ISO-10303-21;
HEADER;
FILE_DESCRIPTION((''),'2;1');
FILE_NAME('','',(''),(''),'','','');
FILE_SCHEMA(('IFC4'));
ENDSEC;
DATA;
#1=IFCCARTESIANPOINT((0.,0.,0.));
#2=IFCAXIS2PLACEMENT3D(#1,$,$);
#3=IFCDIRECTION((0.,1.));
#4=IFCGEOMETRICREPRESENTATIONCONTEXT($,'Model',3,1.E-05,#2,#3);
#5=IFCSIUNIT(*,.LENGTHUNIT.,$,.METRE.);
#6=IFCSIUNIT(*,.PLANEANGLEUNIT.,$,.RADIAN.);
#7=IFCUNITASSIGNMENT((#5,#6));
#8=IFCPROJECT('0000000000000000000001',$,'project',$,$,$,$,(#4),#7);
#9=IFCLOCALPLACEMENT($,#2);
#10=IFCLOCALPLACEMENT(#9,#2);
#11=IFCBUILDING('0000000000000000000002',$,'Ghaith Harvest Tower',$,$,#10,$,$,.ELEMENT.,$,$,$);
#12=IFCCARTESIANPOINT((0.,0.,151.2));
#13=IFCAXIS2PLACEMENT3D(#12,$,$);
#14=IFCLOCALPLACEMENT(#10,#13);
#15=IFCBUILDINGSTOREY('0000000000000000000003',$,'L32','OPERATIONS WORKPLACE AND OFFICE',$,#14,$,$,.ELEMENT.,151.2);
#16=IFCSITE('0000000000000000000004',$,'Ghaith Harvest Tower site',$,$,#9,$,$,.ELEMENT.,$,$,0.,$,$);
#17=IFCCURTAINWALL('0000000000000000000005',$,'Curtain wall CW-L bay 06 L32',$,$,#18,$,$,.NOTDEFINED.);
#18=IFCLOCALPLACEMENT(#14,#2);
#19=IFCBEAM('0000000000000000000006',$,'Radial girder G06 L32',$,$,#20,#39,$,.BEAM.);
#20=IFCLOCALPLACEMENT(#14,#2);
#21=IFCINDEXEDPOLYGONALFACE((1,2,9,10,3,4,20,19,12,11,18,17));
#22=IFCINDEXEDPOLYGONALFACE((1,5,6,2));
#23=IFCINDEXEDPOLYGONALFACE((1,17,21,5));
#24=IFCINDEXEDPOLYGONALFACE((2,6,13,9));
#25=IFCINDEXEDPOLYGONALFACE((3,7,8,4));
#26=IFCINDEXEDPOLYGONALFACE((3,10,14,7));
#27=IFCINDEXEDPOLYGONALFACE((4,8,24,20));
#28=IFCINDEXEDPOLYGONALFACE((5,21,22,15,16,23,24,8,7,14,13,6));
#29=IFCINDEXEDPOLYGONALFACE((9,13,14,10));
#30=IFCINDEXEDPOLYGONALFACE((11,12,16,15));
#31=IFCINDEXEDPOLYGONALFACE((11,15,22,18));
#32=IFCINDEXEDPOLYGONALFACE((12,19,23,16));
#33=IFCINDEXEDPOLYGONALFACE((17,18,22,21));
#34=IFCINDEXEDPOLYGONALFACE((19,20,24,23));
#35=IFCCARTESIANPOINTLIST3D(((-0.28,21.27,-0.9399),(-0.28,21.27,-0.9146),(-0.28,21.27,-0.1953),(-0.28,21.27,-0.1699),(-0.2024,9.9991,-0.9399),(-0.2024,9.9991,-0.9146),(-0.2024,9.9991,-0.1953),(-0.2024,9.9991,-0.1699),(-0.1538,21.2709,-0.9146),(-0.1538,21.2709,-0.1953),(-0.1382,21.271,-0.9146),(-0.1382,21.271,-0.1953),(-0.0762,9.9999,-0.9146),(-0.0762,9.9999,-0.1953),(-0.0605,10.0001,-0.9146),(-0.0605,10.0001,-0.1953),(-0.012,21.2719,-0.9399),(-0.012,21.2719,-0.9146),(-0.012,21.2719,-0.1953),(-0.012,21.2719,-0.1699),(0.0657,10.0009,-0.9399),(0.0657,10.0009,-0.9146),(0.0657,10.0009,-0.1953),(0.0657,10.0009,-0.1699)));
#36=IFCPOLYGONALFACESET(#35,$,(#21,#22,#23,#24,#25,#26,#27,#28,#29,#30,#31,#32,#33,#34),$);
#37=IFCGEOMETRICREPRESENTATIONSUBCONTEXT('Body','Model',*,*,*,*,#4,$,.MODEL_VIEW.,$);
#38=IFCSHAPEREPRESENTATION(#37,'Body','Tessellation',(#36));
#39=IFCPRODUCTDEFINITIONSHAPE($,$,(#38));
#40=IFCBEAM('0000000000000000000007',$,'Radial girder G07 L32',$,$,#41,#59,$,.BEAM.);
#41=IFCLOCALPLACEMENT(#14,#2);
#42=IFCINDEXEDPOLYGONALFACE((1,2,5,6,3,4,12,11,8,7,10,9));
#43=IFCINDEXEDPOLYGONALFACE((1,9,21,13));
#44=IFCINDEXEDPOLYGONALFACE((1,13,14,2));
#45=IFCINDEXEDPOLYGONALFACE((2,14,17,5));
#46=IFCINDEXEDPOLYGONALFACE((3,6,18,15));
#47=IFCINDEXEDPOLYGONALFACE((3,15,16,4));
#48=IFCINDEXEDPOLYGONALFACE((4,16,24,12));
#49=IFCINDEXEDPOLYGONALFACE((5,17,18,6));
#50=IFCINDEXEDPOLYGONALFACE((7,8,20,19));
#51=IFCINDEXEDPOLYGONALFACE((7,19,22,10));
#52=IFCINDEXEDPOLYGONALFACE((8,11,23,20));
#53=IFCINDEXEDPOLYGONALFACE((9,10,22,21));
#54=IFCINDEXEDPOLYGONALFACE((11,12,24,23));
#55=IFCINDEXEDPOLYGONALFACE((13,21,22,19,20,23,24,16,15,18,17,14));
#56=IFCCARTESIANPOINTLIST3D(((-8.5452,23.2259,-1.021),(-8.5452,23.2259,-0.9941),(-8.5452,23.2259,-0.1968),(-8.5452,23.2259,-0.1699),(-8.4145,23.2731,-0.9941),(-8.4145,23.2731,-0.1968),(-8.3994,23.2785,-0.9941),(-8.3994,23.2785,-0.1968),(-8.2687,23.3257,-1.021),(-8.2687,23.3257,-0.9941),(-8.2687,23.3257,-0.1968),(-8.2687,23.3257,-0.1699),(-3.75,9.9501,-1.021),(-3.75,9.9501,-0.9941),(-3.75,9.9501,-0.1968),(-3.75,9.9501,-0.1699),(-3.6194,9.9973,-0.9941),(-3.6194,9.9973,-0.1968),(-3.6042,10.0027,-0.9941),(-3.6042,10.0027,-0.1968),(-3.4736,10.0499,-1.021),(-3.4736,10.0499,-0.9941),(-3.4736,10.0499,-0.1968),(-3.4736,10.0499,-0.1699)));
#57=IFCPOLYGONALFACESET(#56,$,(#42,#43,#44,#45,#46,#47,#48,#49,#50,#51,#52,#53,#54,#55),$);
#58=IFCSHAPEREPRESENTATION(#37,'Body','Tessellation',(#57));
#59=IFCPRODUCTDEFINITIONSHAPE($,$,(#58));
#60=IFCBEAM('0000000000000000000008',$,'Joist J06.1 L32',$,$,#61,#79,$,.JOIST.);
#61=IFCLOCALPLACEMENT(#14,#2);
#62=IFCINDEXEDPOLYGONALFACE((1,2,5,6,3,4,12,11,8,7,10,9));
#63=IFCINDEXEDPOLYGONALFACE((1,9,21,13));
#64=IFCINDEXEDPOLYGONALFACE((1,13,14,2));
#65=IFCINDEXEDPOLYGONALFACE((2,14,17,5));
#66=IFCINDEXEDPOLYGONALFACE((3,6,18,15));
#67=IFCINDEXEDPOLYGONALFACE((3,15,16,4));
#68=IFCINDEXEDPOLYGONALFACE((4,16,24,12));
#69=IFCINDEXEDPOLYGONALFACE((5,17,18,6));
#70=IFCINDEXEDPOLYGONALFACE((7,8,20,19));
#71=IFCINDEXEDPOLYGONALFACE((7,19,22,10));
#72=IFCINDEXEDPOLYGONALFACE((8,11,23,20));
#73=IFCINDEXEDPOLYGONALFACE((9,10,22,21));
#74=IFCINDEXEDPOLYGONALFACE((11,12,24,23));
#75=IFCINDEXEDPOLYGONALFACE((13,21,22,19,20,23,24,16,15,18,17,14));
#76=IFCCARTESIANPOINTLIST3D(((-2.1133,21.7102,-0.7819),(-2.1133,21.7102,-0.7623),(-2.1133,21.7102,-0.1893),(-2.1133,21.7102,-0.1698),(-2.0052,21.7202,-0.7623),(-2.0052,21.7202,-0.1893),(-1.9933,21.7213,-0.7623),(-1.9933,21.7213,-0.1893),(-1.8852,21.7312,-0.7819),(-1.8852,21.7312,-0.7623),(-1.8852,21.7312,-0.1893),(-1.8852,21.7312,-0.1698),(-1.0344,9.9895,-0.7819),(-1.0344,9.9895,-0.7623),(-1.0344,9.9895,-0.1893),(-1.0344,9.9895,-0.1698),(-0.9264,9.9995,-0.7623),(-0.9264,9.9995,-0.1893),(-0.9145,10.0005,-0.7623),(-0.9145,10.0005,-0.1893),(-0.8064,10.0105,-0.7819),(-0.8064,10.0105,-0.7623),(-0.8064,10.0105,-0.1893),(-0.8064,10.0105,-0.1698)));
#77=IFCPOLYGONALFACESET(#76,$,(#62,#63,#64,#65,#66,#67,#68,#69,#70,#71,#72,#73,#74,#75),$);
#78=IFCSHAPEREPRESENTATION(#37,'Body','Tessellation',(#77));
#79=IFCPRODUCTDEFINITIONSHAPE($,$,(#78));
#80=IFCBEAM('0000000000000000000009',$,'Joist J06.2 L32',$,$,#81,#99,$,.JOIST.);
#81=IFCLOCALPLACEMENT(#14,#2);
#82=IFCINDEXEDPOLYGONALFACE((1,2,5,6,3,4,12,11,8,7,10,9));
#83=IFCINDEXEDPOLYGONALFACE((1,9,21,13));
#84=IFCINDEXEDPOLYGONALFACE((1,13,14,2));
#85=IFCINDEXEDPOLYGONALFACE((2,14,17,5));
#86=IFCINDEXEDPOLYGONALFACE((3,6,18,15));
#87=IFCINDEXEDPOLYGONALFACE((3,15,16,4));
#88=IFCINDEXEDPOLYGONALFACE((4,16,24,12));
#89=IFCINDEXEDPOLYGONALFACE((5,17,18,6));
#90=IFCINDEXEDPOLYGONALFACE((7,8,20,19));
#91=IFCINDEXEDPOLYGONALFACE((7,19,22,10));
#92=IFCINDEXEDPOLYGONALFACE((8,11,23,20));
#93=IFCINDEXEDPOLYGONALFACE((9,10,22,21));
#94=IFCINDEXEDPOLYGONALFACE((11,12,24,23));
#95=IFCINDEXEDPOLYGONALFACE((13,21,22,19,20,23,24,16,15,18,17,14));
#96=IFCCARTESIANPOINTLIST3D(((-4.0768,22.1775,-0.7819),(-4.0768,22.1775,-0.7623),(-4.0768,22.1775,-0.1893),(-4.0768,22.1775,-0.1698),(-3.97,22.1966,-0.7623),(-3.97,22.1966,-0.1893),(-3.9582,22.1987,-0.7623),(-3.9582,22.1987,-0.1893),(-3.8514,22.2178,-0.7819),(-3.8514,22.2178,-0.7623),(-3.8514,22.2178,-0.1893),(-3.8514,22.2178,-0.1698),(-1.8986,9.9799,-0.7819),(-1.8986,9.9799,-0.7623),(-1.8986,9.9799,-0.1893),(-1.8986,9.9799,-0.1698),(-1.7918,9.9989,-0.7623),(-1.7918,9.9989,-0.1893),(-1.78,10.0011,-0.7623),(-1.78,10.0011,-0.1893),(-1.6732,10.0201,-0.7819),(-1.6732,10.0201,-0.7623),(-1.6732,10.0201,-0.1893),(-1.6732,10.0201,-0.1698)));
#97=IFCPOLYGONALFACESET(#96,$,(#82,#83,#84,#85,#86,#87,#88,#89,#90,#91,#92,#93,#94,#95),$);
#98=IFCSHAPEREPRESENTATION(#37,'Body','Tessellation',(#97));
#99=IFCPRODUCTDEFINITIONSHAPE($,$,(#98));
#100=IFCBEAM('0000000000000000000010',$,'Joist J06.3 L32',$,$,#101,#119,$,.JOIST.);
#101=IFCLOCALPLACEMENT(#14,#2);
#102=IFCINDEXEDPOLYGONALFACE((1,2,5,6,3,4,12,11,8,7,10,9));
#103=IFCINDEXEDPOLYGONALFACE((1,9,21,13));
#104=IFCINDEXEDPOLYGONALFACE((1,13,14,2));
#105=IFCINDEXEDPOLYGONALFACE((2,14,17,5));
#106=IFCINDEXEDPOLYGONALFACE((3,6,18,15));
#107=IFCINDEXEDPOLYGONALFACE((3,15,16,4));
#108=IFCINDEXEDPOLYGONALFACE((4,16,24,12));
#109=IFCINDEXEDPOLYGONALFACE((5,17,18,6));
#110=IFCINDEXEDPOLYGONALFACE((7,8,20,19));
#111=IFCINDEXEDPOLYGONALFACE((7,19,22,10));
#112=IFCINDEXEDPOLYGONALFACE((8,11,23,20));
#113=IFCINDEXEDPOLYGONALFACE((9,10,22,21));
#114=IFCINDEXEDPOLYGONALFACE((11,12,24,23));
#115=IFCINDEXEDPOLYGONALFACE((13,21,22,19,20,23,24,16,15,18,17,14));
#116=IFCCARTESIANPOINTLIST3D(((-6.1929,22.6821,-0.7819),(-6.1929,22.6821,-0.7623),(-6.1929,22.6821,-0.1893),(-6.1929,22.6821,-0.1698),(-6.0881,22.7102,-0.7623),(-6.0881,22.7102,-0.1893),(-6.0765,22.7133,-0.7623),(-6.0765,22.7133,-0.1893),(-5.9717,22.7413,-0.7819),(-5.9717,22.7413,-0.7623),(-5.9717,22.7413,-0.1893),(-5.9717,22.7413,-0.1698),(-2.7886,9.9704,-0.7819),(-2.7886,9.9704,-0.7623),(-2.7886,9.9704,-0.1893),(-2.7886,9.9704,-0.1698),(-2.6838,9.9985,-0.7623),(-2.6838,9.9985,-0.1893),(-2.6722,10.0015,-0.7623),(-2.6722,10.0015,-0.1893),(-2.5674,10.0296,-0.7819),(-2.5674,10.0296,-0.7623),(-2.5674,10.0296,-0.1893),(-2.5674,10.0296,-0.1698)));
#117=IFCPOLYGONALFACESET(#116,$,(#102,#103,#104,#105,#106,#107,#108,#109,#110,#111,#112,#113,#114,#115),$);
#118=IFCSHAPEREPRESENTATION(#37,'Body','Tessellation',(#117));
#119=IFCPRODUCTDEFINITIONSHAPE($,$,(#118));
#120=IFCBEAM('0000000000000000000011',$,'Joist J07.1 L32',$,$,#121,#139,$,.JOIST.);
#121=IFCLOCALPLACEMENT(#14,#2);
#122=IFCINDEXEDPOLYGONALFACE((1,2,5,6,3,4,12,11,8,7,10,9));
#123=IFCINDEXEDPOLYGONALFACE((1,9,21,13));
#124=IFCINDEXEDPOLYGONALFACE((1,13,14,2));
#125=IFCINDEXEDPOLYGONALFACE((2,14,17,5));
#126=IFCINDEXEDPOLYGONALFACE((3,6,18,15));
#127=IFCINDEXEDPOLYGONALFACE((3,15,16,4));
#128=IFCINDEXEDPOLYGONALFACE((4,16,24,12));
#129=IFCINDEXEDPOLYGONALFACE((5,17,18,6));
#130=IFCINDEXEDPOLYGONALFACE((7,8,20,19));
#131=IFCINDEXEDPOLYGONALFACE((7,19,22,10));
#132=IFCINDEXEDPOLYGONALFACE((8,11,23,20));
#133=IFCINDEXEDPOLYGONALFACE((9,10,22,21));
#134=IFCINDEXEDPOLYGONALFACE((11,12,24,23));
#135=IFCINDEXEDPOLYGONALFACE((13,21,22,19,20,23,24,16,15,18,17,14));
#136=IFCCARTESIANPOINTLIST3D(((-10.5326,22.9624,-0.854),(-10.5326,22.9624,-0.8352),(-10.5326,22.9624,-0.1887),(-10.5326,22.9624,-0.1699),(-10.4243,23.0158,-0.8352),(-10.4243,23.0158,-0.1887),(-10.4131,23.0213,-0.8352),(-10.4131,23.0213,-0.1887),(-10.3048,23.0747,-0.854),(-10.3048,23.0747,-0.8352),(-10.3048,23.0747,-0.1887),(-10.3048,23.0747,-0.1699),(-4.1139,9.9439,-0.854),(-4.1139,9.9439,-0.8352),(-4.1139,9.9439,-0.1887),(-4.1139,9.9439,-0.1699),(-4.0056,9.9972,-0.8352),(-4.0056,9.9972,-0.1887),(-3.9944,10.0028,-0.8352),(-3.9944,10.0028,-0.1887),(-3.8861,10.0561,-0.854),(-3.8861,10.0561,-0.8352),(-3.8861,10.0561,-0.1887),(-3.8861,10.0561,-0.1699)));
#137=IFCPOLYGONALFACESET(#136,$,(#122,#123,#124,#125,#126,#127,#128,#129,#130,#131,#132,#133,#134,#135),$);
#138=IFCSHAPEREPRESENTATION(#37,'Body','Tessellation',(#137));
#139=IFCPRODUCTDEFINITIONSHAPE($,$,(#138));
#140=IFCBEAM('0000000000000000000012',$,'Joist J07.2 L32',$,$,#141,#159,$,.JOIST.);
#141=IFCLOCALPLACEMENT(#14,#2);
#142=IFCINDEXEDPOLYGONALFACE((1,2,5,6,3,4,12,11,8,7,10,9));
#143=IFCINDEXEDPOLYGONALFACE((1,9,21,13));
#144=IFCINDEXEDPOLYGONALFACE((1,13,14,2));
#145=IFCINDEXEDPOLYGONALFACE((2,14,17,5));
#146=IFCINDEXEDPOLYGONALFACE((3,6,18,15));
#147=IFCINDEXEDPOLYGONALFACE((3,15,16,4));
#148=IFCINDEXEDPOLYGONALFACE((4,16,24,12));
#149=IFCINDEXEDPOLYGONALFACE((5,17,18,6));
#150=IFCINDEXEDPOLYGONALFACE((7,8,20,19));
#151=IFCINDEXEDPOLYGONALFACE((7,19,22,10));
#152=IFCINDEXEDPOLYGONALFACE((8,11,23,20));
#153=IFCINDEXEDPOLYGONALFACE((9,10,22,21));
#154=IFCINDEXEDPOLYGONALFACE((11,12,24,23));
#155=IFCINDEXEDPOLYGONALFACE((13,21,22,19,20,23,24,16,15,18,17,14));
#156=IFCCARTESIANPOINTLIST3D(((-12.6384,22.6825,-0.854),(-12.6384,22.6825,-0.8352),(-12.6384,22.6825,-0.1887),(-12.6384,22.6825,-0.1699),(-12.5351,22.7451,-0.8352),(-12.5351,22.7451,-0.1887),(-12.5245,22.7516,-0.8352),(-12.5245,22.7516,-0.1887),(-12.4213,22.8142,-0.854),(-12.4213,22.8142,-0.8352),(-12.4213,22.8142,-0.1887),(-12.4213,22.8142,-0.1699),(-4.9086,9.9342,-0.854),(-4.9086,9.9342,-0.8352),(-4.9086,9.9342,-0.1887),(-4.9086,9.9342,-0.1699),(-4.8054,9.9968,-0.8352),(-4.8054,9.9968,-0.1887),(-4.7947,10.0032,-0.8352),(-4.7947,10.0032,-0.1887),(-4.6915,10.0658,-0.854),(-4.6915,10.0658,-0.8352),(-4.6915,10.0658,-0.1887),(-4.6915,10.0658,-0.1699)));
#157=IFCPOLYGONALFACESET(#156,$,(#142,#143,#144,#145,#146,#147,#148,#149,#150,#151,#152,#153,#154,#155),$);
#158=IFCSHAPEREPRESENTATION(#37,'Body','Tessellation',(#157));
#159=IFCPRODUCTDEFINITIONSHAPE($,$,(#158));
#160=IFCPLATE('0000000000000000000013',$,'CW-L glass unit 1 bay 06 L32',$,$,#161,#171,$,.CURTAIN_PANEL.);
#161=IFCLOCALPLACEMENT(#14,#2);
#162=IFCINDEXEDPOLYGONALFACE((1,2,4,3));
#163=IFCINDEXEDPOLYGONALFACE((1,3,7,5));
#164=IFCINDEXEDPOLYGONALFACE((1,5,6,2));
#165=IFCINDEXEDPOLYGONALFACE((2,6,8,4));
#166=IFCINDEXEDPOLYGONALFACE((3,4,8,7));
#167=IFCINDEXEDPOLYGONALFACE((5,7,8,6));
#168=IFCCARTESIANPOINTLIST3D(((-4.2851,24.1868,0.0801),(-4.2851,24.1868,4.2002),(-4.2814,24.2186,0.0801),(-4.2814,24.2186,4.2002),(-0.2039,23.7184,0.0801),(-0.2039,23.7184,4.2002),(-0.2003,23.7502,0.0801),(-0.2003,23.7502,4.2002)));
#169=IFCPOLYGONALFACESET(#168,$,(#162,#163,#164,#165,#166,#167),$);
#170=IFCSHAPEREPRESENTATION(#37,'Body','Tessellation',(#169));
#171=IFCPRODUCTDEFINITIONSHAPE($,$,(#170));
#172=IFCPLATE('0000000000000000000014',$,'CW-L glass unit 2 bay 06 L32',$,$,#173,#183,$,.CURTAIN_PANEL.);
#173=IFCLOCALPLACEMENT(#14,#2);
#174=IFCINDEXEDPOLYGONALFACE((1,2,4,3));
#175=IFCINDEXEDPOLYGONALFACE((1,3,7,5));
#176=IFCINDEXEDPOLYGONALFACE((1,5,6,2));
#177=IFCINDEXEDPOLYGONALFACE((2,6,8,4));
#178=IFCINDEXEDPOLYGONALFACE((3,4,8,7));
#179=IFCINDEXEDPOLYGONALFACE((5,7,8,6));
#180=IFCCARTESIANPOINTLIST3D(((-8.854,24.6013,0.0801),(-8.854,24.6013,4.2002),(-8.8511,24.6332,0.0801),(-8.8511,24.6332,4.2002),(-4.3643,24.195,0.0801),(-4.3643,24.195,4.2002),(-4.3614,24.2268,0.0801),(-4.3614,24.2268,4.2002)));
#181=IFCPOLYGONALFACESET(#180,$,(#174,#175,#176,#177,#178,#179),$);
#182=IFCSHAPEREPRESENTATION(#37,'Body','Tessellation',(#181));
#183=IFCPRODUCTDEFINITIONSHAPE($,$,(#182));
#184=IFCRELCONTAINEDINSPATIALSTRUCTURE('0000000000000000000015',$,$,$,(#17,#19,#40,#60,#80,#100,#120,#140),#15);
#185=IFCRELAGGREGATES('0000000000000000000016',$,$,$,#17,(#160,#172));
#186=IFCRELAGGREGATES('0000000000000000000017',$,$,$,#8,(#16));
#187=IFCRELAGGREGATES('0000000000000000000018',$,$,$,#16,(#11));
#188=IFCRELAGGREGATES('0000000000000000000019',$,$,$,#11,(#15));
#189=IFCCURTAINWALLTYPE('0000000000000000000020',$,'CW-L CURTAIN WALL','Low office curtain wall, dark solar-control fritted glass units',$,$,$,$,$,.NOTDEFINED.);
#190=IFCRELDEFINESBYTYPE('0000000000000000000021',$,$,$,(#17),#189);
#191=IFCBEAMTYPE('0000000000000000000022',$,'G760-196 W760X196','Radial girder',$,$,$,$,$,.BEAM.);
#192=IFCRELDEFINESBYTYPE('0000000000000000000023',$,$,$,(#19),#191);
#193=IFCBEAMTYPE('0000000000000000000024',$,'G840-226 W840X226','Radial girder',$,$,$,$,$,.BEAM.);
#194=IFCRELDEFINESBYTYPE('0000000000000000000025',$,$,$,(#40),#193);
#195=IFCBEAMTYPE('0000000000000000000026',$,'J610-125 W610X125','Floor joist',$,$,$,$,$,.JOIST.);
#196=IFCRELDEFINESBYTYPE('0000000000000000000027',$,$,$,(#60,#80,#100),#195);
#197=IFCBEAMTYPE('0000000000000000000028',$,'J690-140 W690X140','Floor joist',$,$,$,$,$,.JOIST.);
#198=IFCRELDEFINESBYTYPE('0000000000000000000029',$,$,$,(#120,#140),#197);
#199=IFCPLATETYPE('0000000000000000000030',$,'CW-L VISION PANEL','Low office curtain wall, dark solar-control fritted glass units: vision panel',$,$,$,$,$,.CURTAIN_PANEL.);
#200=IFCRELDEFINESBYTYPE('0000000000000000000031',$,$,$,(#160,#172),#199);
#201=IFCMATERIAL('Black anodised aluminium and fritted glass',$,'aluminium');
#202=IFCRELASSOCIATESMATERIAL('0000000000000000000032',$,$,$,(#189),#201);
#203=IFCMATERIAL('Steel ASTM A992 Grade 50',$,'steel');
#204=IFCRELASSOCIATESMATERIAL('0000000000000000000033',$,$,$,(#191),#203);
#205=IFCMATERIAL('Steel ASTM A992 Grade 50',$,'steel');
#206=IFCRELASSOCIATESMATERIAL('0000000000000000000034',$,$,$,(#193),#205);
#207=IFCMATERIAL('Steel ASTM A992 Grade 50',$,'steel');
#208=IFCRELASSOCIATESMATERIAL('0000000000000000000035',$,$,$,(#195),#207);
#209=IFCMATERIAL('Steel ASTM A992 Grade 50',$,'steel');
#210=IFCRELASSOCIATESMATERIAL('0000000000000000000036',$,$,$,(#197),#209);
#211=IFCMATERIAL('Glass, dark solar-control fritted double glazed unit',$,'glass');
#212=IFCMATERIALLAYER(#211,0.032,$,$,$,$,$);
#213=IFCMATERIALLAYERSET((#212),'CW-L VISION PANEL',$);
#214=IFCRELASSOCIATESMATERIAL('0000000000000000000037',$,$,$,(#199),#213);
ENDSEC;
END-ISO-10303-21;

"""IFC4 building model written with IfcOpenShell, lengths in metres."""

from ifc_helpers import new_model, si_unit, direction, frame, origin, origin_2d, place, context, subcontext, project, spatial, rectangle, i_section, extrude, material, layer, layer_set, material_profile, profile_set, type_object, element, aggregate, save


model = new_model("IFC4")

# Units and contexts
model_context = context("Model", 3, precision=1e-05, world=origin(), true_north=direction((0.0, 1.0)))
body_context = subcontext(model_context, "Body", "Model", "MODEL_VIEW")
ifc_project = project(units=[si_unit("LENGTHUNIT", "METRE"), si_unit("PLANEANGLEUNIT", "RADIAN")], contexts=[model_context])

# Site, building, storey
site_placement = place(None, origin())
site = spatial("IfcSite", under=ifc_project, at=site_placement, Name="Ghaith Harvest Tower site", CompositionType="ELEMENT", RefElevation=0.0)
building_placement = place(site_placement, origin())
building = spatial("IfcBuilding", under=site, at=building_placement, Name="Ghaith Harvest Tower", CompositionType="ELEMENT")
storey_placement = place(building_placement, frame((0.0, 0.0, 151.2)))
storey = spatial("IfcBuildingStorey", under=building, at=storey_placement, Name="L32", Description="OPERATIONS WORKPLACE AND OFFICE", CompositionType="ELEMENT", Elevation=151.2)

# Curtain wall
ifc_material_1 = material(Name="Black anodised aluminium and fritted glass", Category="aluminium")
curtain_wall_type = type_object("IfcCurtainWallType", Name="CW-L CURTAIN WALL", Description="Low office curtain wall, dark solar-control fritted glass units", PredefinedType="NOTDEFINED", material=ifc_material_1)
curtain_wall_1_placement = place(storey_placement, origin())
curtain_wall_1 = element("IfcCurtainWall", 1, at=curtain_wall_1_placement, inside=storey, type_object=curtain_wall_type, Name="Curtain wall CW-L bay 06 L32", PredefinedType="NOTDEFINED")

# Beams
ifc_material_2 = material(Name="Steel ASTM A992 Grade 50", Category="steel")
ifc_material_profile_1 = material_profile(ifc_material_2, i_section(OverallWidth=0.2681, OverallDepth=0.77, WebThickness=0.0156, FlangeThickness=0.0254, at=origin_2d()), Name="W760X196")
ifc_profile_set_1 = profile_set([ifc_material_profile_1], Name="Steel ASTM A992 Grade 50")
beam_type_1 = type_object("IfcBeamType", Name="G760-196 W760X196", Description="Radial girder", PredefinedType="BEAM", material=ifc_profile_set_1)
beam_1_placement = place(storey_placement, frame((-0.0684, 10.0, -0.5549), z_axis=(-0.006888, 0.999976, 0.0), x_axis=(-0.999976, -0.006888, 0.0)))
element("IfcBeam", 2, at=beam_1_placement, inside=storey, type_object=beam_type_1, Name="Radial girder G06 L32", PredefinedType="BEAM", context=body_context, shape_type="SweptSolid", body=[
    extrude(i_section(OverallWidth=0.2681, OverallDepth=0.77, WebThickness=0.0156, FlangeThickness=0.0254, at=origin_2d()), origin(), (0.0, 0.0, 1.0), 11.2712),
])
ifc_material_3 = material(Name="Steel ASTM A992 Grade 50", Category="steel")
ifc_material_profile_2 = material_profile(ifc_material_3, i_section(OverallWidth=0.2939, OverallDepth=0.8511, WebThickness=0.0161, FlangeThickness=0.0269, at=origin_2d()), Name="W840X226")
ifc_profile_set_2 = profile_set([ifc_material_profile_2], Name="Steel ASTM A992 Grade 50")
beam_type_2 = type_object("IfcBeamType", Name="G840-226 W840X226", Description="Radial girder", PredefinedType="BEAM", material=ifc_profile_set_2)
beam_2_placement = place(storey_placement, frame((-3.6118, 10.0, -0.5955), z_axis=(-0.339713, 0.940529, 0.0), x_axis=(-0.940529, -0.339713, 0.0)))
element("IfcBeam", 3, at=beam_2_placement, inside=storey, type_object=beam_type_2, Name="Radial girder G07 L32", PredefinedType="BEAM", context=body_context, shape_type="SweptSolid", body=[
    extrude(i_section(OverallWidth=0.2939, OverallDepth=0.8511, WebThickness=0.0161, FlangeThickness=0.0269, at=origin_2d()), origin(), (0.0, 0.0, 1.0), 14.1152),
])
ifc_material_4 = material(Name="Steel ASTM A992 Grade 50", Category="steel")
ifc_material_profile_3 = material_profile(ifc_material_4, i_section(OverallWidth=0.229, OverallDepth=0.6121, WebThickness=0.012, FlangeThickness=0.0195, at=origin_2d()), Name="W610X125")
ifc_profile_set_3 = profile_set([ifc_material_profile_3], Name="Steel ASTM A992 Grade 50")
beam_type_3 = type_object("IfcBeamType", Name="J610-125 W610X125", Description="Floor joist", PredefinedType="JOIST", material=ifc_profile_set_3)
beam_3_placement = place(storey_placement, frame((-0.9204, 10.0, -0.4758), z_axis=(-0.09166, 0.99579, 0.0), x_axis=(-0.99579, -0.09166, 0.0)))
element("IfcBeam", 4, at=beam_3_placement, inside=storey, type_object=beam_type_3, Name="Joist J06.1 L32", PredefinedType="JOIST", context=body_context, shape_type="SweptSolid", body=[
    extrude(i_section(OverallWidth=0.229, OverallDepth=0.6121, WebThickness=0.012, FlangeThickness=0.0195, at=origin_2d()), origin(), (0.0, 0.0, 1.0), 11.7703),
])
beam_4_placement = place(storey_placement, frame((-1.7859, 10.0, -0.4758), z_axis=(-0.175795, 0.984427, 0.0), x_axis=(-0.984427, -0.175795, 0.0)))
element("IfcBeam", 5, at=beam_4_placement, inside=storey, type_object=beam_type_3, Name="Joist J06.2 L32", PredefinedType="JOIST", context=body_context, shape_type="SweptSolid", body=[
    extrude(i_section(OverallWidth=0.229, OverallDepth=0.6121, WebThickness=0.012, FlangeThickness=0.0195, at=origin_2d()), origin(), (0.0, 0.0, 1.0), 12.3906),
])
beam_5_placement = place(storey_placement, frame((-2.678, 10.0, -0.4758), z_axis=(-0.258693, 0.96596, 0.0), x_axis=(-0.96596, -0.258693, 0.0)))
element("IfcBeam", 6, at=beam_5_placement, inside=storey, type_object=beam_type_3, Name="Joist J06.3 L32", PredefinedType="JOIST", context=body_context, shape_type="SweptSolid", body=[
    extrude(i_section(OverallWidth=0.229, OverallDepth=0.6121, WebThickness=0.012, FlangeThickness=0.0195, at=origin_2d()), origin(), (0.0, 0.0, 1.0), 13.1597),
])
ifc_material_5 = material(Name="Steel ASTM A992 Grade 50", Category="steel")
ifc_material_profile_4 = material_profile(ifc_material_5, i_section(OverallWidth=0.2539, OverallDepth=0.6841, WebThickness=0.0125, FlangeThickness=0.0188, at=origin_2d()), Name="W690X140")
ifc_profile_set_4 = profile_set([ifc_material_profile_4], Name="Steel ASTM A992 Grade 50")
beam_type_4 = type_object("IfcBeamType", Name="J690-140 W690X140", Description="Floor joist", PredefinedType="JOIST", material=ifc_profile_set_4)
beam_6_placement = place(storey_placement, frame((-4.0, 10.0, -0.512), z_axis=(-0.442214, 0.896909, 0.0), x_axis=(-0.896909, -0.442214, 0.0)))
element("IfcBeam", 7, at=beam_6_placement, inside=storey, type_object=beam_type_4, Name="Joist J07.1 L32", PredefinedType="JOIST", context=body_context, shape_type="SweptSolid", body=[
    extrude(i_section(OverallWidth=0.2539, OverallDepth=0.6841, WebThickness=0.0125, FlangeThickness=0.0188, at=origin_2d()), origin(), (0.0, 0.0, 1.0), 14.5149),
])
beam_7_placement = place(storey_placement, frame((-4.8, 10.0, -0.512), z_axis=(-0.518473, 0.855094, 0.0), x_axis=(-0.855094, -0.518473, 0.0)))
element("IfcBeam", 8, at=beam_7_placement, inside=storey, type_object=beam_type_4, Name="Joist J07.2 L32", PredefinedType="JOIST", context=body_context, shape_type="SweptSolid", body=[
    extrude(i_section(OverallWidth=0.2539, OverallDepth=0.6841, WebThickness=0.0125, FlangeThickness=0.0188, at=origin_2d()), origin(), (0.0, 0.0, 1.0), 14.9087),
])

# Plates
ifc_material_6 = material(Name="Glass, dark solar-control fritted double glazed unit", Category="glass")
ifc_layer_1 = layer(ifc_material_6, 0.032)
ifc_layer_set_1 = layer_set([ifc_layer_1], Name="CW-L VISION PANEL")
plate_type = type_object("IfcPlateType", Name="CW-L VISION PANEL", Description="Low office curtain wall, dark solar-control fritted glass units: vision panel", PredefinedType="CURTAIN_PANEL", material=ifc_layer_set_1)
plate_1_placement = place(storey_placement, frame((-2.2427, 23.9685, 0.0801), z_axis=(0.0, 0.0, 1.0), x_axis=(-0.993477, 0.114032, 0.0)))
plate_1 = element("IfcPlate", 9, at=plate_1_placement, type_object=plate_type, Name="CW-L glass unit 1 bay 06 L32", PredefinedType="CURTAIN_PANEL", context=body_context, shape_type="SweptSolid", body=[
    extrude(rectangle(XDim=4.1079, YDim=0.032, at=origin_2d()), origin(), (0.0, 0.0, 1.0), 4.1201),
])
plate_2_placement = place(storey_placement, frame((-6.6077, 24.4141, 0.0801), z_axis=(0.0, 0.0, 1.0), x_axis=(-0.995929, 0.090144, 0.0)))
plate_2 = element("IfcPlate", 10, at=plate_2_placement, type_object=plate_type, Name="CW-L glass unit 2 bay 06 L32", PredefinedType="CURTAIN_PANEL", context=body_context, shape_type="SweptSolid", body=[
    extrude(rectangle(XDim=4.5081, YDim=0.032, at=origin_2d()), origin(), (0.0, 0.0, 1.0), 4.1201),
])
aggregate(curtain_wall_1, [plate_1, plate_2])

save(model, "model.ifc")
